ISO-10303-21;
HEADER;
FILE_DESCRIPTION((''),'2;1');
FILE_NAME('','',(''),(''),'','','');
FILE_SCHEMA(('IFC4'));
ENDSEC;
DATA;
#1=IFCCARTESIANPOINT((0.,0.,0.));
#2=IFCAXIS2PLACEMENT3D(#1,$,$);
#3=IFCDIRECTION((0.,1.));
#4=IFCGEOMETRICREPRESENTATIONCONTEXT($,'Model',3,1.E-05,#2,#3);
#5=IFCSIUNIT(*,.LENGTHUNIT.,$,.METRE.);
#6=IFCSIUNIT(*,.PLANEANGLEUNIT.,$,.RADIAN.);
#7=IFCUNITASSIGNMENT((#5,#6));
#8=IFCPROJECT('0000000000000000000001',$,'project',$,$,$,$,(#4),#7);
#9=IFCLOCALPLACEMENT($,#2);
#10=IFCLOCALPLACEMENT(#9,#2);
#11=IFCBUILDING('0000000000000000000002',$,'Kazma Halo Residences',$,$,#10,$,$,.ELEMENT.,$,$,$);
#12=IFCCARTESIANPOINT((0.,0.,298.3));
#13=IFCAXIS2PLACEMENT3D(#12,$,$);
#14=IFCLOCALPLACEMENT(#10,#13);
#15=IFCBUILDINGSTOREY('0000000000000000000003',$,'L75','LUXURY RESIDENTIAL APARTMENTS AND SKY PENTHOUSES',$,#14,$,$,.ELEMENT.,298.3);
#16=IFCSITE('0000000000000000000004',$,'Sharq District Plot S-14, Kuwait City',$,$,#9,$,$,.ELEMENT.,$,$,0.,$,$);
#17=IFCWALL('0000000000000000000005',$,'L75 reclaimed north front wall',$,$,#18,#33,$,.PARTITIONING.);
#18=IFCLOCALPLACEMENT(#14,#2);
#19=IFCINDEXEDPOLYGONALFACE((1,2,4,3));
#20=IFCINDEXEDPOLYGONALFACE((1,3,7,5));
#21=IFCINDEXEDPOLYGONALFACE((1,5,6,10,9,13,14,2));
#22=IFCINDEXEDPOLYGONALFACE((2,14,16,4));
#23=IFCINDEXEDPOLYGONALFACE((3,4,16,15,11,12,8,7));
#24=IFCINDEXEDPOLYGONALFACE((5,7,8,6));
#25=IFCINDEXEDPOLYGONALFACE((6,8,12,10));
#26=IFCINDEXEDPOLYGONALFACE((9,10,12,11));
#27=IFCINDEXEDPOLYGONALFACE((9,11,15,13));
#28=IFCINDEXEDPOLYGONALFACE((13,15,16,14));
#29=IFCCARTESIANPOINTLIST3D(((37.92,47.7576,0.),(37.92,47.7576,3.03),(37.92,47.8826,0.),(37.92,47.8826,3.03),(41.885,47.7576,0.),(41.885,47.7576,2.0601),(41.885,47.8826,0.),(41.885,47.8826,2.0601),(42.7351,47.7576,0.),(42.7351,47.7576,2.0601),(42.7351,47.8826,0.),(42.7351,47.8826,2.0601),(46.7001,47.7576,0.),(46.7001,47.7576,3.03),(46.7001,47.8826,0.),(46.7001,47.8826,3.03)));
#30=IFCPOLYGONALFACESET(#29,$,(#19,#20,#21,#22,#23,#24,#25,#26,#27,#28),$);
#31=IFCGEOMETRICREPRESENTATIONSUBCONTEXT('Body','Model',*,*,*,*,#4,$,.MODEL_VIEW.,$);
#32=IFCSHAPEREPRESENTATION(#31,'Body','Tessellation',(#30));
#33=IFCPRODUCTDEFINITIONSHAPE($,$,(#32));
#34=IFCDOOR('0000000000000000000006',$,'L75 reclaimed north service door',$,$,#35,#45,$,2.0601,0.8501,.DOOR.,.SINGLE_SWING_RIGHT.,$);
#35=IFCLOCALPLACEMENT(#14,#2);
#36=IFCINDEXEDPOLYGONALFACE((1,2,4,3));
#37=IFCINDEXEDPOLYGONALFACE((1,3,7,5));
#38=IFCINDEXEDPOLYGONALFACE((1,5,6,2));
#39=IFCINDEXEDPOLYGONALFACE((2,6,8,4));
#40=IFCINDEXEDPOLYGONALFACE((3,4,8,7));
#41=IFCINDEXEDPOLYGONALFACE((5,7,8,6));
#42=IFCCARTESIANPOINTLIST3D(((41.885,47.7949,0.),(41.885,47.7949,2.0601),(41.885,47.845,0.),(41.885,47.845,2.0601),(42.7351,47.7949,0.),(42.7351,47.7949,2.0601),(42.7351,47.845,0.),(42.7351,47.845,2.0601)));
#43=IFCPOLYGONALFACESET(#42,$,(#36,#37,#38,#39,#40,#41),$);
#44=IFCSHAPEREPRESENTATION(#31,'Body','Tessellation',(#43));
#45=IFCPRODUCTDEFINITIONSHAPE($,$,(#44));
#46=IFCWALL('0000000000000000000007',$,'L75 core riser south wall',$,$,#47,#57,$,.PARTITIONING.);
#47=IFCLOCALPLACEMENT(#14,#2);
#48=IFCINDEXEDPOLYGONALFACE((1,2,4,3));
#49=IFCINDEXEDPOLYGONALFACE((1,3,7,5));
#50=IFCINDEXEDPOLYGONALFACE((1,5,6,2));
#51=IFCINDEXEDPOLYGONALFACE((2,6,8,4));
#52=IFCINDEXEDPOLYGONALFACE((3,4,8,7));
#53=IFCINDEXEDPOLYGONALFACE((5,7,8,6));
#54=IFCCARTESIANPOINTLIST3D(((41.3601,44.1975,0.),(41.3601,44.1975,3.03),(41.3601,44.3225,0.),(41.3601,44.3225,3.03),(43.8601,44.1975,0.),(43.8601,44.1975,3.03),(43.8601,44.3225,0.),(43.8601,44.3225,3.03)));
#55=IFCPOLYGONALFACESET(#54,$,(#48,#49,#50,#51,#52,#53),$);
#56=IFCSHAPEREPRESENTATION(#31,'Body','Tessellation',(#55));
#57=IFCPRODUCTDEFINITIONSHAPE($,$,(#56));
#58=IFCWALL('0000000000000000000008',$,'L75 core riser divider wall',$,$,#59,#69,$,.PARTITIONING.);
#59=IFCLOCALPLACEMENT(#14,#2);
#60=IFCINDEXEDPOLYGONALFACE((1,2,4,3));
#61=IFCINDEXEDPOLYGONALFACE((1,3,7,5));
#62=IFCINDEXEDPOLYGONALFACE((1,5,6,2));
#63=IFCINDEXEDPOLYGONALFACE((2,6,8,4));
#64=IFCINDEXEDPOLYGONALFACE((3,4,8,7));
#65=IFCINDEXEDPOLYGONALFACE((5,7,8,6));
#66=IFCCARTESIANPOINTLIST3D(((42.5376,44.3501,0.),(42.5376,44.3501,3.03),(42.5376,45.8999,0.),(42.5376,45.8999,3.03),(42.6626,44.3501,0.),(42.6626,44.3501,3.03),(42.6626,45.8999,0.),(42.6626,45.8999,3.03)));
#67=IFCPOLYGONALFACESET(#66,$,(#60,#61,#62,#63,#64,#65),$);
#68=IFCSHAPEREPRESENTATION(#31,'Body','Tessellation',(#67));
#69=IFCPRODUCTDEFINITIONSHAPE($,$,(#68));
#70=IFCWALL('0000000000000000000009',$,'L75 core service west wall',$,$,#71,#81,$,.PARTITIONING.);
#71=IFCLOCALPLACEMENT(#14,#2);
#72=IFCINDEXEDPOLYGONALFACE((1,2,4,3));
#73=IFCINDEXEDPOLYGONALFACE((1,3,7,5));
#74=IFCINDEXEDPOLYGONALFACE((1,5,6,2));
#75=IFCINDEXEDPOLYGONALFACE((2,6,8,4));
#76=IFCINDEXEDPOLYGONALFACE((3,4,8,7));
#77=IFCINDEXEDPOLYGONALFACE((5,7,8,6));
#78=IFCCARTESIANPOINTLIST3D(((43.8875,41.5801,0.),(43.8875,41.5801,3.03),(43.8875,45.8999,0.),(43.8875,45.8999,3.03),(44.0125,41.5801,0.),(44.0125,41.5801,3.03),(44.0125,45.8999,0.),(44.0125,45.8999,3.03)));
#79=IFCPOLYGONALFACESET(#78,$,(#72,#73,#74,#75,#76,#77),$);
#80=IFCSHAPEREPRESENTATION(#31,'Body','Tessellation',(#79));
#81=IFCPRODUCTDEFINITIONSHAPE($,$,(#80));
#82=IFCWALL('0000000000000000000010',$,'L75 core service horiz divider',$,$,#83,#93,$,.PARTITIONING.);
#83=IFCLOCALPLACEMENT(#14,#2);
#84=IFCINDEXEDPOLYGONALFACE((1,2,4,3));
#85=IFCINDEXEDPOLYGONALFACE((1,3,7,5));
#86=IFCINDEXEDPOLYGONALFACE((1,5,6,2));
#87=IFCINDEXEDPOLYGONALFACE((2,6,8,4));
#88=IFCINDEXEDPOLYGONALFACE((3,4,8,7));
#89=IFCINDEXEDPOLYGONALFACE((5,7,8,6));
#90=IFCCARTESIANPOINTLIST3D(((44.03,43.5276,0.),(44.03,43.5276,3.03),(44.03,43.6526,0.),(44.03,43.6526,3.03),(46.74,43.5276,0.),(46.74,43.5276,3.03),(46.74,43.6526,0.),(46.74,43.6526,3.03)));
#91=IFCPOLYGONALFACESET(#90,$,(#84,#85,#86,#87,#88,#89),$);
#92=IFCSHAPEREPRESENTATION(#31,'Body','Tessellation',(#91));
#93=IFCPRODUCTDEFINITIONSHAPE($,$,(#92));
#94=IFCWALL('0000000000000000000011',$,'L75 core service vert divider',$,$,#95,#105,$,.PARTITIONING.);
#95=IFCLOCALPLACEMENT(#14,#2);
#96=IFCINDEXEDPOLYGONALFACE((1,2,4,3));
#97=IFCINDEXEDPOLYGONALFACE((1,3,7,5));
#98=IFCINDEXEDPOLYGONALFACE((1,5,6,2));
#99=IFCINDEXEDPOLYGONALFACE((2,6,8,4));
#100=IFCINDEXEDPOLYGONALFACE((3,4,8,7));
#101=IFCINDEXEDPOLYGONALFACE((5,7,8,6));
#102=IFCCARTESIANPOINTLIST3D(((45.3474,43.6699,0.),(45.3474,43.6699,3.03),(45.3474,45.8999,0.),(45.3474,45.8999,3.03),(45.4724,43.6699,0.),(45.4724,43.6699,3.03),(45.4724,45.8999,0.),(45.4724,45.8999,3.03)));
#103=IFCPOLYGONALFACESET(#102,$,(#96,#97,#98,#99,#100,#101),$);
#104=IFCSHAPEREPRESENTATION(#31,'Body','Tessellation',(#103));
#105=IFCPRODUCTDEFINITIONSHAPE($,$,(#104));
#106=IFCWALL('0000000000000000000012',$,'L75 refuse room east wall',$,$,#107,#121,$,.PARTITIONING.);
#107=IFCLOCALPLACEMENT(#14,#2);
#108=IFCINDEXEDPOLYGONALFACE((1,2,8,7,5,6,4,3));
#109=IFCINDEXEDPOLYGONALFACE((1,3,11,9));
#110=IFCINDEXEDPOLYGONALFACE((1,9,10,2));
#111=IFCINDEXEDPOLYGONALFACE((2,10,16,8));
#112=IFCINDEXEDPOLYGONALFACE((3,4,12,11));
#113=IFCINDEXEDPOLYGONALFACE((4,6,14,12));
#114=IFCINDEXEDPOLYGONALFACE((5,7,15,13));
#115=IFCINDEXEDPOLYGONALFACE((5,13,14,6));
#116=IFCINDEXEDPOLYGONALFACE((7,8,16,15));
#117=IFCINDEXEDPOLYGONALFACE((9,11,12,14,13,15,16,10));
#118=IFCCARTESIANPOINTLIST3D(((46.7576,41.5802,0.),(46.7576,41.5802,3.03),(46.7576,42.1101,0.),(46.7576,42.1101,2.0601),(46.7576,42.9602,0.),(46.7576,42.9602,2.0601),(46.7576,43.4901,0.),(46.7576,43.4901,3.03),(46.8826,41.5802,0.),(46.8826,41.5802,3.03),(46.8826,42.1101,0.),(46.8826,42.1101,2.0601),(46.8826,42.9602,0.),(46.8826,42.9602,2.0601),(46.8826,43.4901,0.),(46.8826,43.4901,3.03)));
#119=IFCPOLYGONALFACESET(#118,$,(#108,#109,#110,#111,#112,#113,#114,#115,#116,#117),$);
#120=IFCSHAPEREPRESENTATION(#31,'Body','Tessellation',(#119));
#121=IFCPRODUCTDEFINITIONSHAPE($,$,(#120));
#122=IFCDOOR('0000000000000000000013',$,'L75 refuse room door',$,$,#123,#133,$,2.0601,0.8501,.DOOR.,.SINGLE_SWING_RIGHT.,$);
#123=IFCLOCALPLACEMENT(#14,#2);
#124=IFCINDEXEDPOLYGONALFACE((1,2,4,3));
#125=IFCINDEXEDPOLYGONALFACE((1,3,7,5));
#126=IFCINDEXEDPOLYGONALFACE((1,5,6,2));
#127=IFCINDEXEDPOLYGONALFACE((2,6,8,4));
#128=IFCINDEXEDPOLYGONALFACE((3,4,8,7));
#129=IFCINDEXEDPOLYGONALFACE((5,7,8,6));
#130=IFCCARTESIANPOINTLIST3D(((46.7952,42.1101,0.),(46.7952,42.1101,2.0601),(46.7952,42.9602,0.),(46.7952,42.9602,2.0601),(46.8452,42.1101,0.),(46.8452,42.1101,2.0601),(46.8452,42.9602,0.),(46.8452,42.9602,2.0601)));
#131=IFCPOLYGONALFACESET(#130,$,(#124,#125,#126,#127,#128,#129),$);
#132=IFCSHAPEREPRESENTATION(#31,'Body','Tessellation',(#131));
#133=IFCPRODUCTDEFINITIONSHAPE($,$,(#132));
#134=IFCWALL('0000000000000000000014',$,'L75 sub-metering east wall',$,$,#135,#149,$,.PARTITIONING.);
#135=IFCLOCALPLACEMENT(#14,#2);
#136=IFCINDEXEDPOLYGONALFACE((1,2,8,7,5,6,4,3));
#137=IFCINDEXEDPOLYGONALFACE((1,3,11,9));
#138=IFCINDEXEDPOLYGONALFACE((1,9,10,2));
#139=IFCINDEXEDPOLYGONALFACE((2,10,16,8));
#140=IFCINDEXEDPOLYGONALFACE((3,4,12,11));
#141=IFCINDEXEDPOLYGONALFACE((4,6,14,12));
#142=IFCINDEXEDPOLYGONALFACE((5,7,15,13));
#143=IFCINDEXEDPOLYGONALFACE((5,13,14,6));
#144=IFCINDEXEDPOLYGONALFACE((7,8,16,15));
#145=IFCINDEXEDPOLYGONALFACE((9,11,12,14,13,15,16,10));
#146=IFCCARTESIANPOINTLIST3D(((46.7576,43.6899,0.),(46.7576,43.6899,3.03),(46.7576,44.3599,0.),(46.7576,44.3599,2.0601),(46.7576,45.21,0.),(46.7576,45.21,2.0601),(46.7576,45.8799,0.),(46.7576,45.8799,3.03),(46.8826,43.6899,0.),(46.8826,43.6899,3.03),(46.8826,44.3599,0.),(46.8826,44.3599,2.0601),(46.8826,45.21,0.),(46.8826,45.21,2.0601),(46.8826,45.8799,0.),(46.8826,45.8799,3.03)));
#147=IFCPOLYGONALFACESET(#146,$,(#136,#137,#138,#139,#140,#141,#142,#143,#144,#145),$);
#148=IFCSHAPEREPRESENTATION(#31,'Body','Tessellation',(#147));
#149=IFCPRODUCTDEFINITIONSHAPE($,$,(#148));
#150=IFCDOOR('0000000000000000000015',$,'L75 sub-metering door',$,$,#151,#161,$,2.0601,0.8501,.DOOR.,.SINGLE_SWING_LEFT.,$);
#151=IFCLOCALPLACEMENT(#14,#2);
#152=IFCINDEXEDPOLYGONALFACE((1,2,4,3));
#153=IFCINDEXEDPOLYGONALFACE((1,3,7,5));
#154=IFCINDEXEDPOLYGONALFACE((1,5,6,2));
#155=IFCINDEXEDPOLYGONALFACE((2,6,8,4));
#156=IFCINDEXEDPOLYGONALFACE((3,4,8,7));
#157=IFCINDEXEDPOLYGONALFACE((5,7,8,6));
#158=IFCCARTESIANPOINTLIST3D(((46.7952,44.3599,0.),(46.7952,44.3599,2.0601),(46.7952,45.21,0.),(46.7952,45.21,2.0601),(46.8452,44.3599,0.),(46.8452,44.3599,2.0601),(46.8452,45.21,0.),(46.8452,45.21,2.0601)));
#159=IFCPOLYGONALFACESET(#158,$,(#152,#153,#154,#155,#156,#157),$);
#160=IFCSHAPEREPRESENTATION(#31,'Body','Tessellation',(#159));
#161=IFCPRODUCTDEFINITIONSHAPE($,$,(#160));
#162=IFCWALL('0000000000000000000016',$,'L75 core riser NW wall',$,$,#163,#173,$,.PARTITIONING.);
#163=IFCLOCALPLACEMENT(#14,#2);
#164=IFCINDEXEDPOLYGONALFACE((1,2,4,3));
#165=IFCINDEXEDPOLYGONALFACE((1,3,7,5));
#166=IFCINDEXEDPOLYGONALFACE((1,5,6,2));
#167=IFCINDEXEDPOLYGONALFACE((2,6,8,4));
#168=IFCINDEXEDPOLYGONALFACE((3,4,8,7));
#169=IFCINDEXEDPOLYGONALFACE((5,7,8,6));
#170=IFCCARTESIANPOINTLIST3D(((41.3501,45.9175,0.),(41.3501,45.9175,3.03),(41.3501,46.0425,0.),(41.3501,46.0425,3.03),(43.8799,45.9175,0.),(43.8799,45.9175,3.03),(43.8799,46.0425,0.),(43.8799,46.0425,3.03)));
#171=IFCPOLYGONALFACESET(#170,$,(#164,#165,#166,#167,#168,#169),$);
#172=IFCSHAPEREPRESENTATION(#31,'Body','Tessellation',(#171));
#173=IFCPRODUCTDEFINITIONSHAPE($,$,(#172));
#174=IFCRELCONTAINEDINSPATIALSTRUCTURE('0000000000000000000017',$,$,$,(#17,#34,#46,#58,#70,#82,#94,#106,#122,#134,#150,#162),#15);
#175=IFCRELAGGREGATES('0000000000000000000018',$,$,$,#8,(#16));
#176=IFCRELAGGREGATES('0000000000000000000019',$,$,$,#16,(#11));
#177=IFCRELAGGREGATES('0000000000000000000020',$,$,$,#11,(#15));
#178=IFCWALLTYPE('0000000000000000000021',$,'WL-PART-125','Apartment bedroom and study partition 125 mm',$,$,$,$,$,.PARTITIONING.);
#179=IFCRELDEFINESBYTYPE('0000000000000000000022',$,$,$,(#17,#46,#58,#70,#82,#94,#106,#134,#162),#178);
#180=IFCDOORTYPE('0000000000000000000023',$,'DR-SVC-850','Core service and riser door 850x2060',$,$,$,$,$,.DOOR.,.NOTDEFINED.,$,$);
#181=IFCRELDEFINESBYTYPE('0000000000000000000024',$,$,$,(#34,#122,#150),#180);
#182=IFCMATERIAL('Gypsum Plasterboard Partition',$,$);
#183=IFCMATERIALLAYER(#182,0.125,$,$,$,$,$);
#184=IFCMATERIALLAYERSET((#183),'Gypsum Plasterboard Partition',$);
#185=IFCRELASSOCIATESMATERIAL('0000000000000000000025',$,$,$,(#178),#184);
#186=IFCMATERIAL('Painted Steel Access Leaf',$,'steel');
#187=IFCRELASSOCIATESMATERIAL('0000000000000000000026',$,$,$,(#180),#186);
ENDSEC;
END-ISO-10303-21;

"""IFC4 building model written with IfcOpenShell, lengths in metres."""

from ifc_helpers import new_model, si_unit, direction, frame, frame_2d, origin, place, context, subcontext, project, spatial, rectangle, extrude, material, layer, layer_set, type_object, element, fill, save


model = new_model("IFC4")

# Units and contexts
model_context = context("Model", 3, precision=1e-05, world=origin(), true_north=direction((0.0, 1.0)))
body_context = subcontext(model_context, "Body", "Model", "MODEL_VIEW")
ifc_project = project(units=[si_unit("LENGTHUNIT", "METRE"), si_unit("PLANEANGLEUNIT", "RADIAN")], contexts=[model_context])

# Site, building, storey
site_placement = place(None, origin())
site = spatial("IfcSite", under=ifc_project, at=site_placement, Name="Sharq District Plot S-14, Kuwait City", CompositionType="ELEMENT", RefElevation=0.0)
building_placement = place(site_placement, origin())
building = spatial("IfcBuilding", under=site, at=building_placement, Name="Kazma Halo Residences", CompositionType="ELEMENT")
storey_placement = place(building_placement, frame((0.0, 0.0, 298.3)))
storey = spatial("IfcBuildingStorey", under=building, at=storey_placement, Name="L75", Description="LUXURY RESIDENTIAL APARTMENTS AND SKY PENTHOUSES", CompositionType="ELEMENT", Elevation=298.3)

# Wall, opening, door
ifc_material_1 = material(Name="Gypsum Plasterboard Partition")
ifc_layer_1 = layer(ifc_material_1, 0.125)
ifc_layer_set_1 = layer_set([ifc_layer_1], Name="Gypsum Plasterboard Partition")
wall_type_1 = type_object("IfcWallType", Name="WL-PART-125", Description="Apartment bedroom and study partition 125 mm", PredefinedType="PARTITIONING", material=ifc_layer_set_1)
wall_1_placement = place(storey_placement, frame((37.9199, 47.8201, 0.0), z_axis=(0.0, 0.0, 1.0), x_axis=(1.0, 0.0, 0.0)))
wall_1 = element("IfcWall", 1, at=wall_1_placement, inside=storey, type_object=wall_type_1, Name="L75 reclaimed north front wall", PredefinedType="PARTITIONING", context=body_context, shape_type="SweptSolid", body=[
    extrude(rectangle(XDim=8.78, YDim=0.125, at=frame_2d((4.3901, 0.0))), origin(), (0.0, 0.0, 1.0), 3.03),
])
opening_1_placement = place(wall_1_placement, frame((3.9651, 0.0, 0.0)))
opening_1 = element("IfcOpeningElement", 2, at=opening_1_placement, cuts=wall_1, PredefinedType="OPENING", context=body_context, shape_type="SweptSolid", body=[
    extrude(rectangle(XDim=0.8501, YDim=2.0601, at=frame_2d((0.425, 1.03))), frame((0.0, 0.0725, 0.0), z_axis=(0.0, -1.0, 0.0), x_axis=(1.0, 0.0, 0.0)), (0.0, 0.0, 1.0), 0.145),
])
ifc_material_2 = material(Name="Painted Steel Access Leaf", Category="steel")
door_type_1 = type_object("IfcDoorType", Name="DR-SVC-850", Description="Core service and riser door 850x2060", OperationType="NOTDEFINED", PredefinedType="DOOR", material=ifc_material_2)
door_1_placement = place(opening_1_placement, origin())
door_1 = element("IfcDoor", 3, at=door_1_placement, inside=storey, type_object=door_type_1, Name="L75 reclaimed north service door", OperationType="SINGLE_SWING_RIGHT", OverallHeight=2.0601, OverallWidth=0.8501, PredefinedType="DOOR", context=body_context, shape_type="SweptSolid", body=[
    extrude(rectangle(XDim=0.8501, YDim=2.0601, at=frame_2d((0.425, 1.03))), frame((0.0, 0.0249, 0.0), z_axis=(0.0, -1.0, 0.0), x_axis=(1.0, 0.0, 0.0)), (0.0, 0.0, 1.0), 0.05),
])
fill(opening_1, door_1)

# Walls
wall_2_placement = place(storey_placement, frame((41.3601, 44.26, 0.0), z_axis=(0.0, 0.0, 1.0), x_axis=(1.0, 0.0, 0.0)))
element("IfcWall", 4, at=wall_2_placement, inside=storey, type_object=wall_type_1, Name="L75 core riser south wall", PredefinedType="PARTITIONING", context=body_context, shape_type="SweptSolid", body=[
    extrude(rectangle(XDim=2.5, YDim=0.125, at=frame_2d((1.25, 0.0))), origin(), (0.0, 0.0, 1.0), 3.03),
])
wall_3_placement = place(storey_placement, frame((42.6001, 44.3501, 0.0), z_axis=(0.0, 0.0, 1.0), x_axis=(0.0, 1.0, 0.0)))
element("IfcWall", 5, at=wall_3_placement, inside=storey, type_object=wall_type_1, Name="L75 core riser divider wall", PredefinedType="PARTITIONING", context=body_context, shape_type="SweptSolid", body=[
    extrude(rectangle(XDim=1.5498, YDim=0.125, at=frame_2d((0.7749, 0.0))), origin(), (0.0, 0.0, 1.0), 3.03),
])
wall_4_placement = place(storey_placement, frame((43.95, 41.5801, 0.0), z_axis=(0.0, 0.0, 1.0), x_axis=(0.0, 1.0, 0.0)))
element("IfcWall", 6, at=wall_4_placement, inside=storey, type_object=wall_type_1, Name="L75 core service west wall", PredefinedType="PARTITIONING", context=body_context, shape_type="SweptSolid", body=[
    extrude(rectangle(XDim=4.3198, YDim=0.125, at=frame_2d((2.1599, 0.0))), origin(), (0.0, 0.0, 1.0), 3.03),
])
wall_5_placement = place(storey_placement, frame((44.03, 43.5901, 0.0), z_axis=(0.0, 0.0, 1.0), x_axis=(1.0, 0.0, 0.0)))
element("IfcWall", 7, at=wall_5_placement, inside=storey, type_object=wall_type_1, Name="L75 core service horiz divider", PredefinedType="PARTITIONING", context=body_context, shape_type="SweptSolid", body=[
    extrude(rectangle(XDim=2.71, YDim=0.125, at=frame_2d((1.355, 0.0))), origin(), (0.0, 0.0, 1.0), 3.03),
])
wall_6_placement = place(storey_placement, frame((45.4099, 43.6699, 0.0), z_axis=(0.0, 0.0, 1.0), x_axis=(0.0, 1.0, 0.0)))
element("IfcWall", 8, at=wall_6_placement, inside=storey, type_object=wall_type_1, Name="L75 core service vert divider", PredefinedType="PARTITIONING", context=body_context, shape_type="SweptSolid", body=[
    extrude(rectangle(XDim=2.23, YDim=0.125, at=frame_2d((1.115, 0.0))), origin(), (0.0, 0.0, 1.0), 3.03),
])

# Walls, openings, doors
wall_7_placement = place(storey_placement, frame((46.8201, 41.5801, 0.0), z_axis=(0.0, 0.0, 1.0), x_axis=(0.0, 1.0, 0.0)))
wall_7 = element("IfcWall", 9, at=wall_7_placement, inside=storey, type_object=wall_type_1, Name="L75 refuse room east wall", PredefinedType="PARTITIONING", context=body_context, shape_type="SweptSolid", body=[
    extrude(rectangle(XDim=1.9099, YDim=0.125, at=frame_2d((0.9551, 0.0))), origin(), (0.0, 0.0, 1.0), 3.03),
])
opening_2_placement = place(wall_7_placement, frame((0.53, 0.0, 0.0)))
opening_2 = element("IfcOpeningElement", 10, at=opening_2_placement, cuts=wall_7, PredefinedType="OPENING", context=body_context, shape_type="SweptSolid", body=[
    extrude(rectangle(XDim=0.8501, YDim=2.0601, at=frame_2d((0.425, 1.03))), frame((0.0, 0.0725, 0.0), z_axis=(0.0, -1.0, 0.0), x_axis=(1.0, 0.0, 0.0)), (0.0, 0.0, 1.0), 0.145),
])
door_2_placement = place(opening_2_placement, origin())
door_2 = element("IfcDoor", 11, at=door_2_placement, inside=storey, type_object=door_type_1, Name="L75 refuse room door", OperationType="SINGLE_SWING_RIGHT", OverallHeight=2.0601, OverallWidth=0.8501, PredefinedType="DOOR", context=body_context, shape_type="SweptSolid", body=[
    extrude(rectangle(XDim=0.8501, YDim=2.0601, at=frame_2d((0.425, 1.03))), frame((0.0, 0.0249, 0.0), z_axis=(0.0, -1.0, 0.0), x_axis=(1.0, 0.0, 0.0)), (0.0, 0.0, 1.0), 0.05),
])
fill(opening_2, door_2)
wall_8_placement = place(storey_placement, frame((46.8201, 43.6899, 0.0), z_axis=(0.0, 0.0, 1.0), x_axis=(0.0, 1.0, 0.0)))
wall_8 = element("IfcWall", 12, at=wall_8_placement, inside=storey, type_object=wall_type_1, Name="L75 sub-metering east wall", PredefinedType="PARTITIONING", context=body_context, shape_type="SweptSolid", body=[
    extrude(rectangle(XDim=2.1899, YDim=0.125, at=frame_2d((1.095, 0.0))), origin(), (0.0, 0.0, 1.0), 3.03),
])
opening_3_placement = place(wall_8_placement, frame((0.6699, 0.0, 0.0)))
opening_3 = element("IfcOpeningElement", 13, at=opening_3_placement, cuts=wall_8, PredefinedType="OPENING", context=body_context, shape_type="SweptSolid", body=[
    extrude(rectangle(XDim=0.8501, YDim=2.0601, at=frame_2d((0.425, 1.03))), frame((0.0, 0.0725, 0.0), z_axis=(0.0, -1.0, 0.0), x_axis=(1.0, 0.0, 0.0)), (0.0, 0.0, 1.0), 0.145),
])
door_3_placement = place(opening_3_placement, origin())
door_3 = element("IfcDoor", 14, at=door_3_placement, inside=storey, type_object=door_type_1, Name="L75 sub-metering door", OperationType="SINGLE_SWING_LEFT", OverallHeight=2.0601, OverallWidth=0.8501, PredefinedType="DOOR", context=body_context, shape_type="SweptSolid", body=[
    extrude(rectangle(XDim=0.8501, YDim=2.0601, at=frame_2d((0.425, 1.03))), frame((0.0, 0.0249, 0.0), z_axis=(0.0, -1.0, 0.0), x_axis=(1.0, 0.0, 0.0)), (0.0, 0.0, 1.0), 0.05),
])
fill(opening_3, door_3)

# Wall
wall_9_placement = place(storey_placement, frame((41.3501, 45.98, 0.0), z_axis=(0.0, 0.0, 1.0), x_axis=(1.0, 0.0, 0.0)))
element("IfcWall", 15, at=wall_9_placement, inside=storey, type_object=wall_type_1, Name="L75 core riser NW wall", PredefinedType="PARTITIONING", context=body_context, shape_type="SweptSolid", body=[
    extrude(rectangle(XDim=2.5298, YDim=0.125, at=frame_2d((1.2649, 0.0))), origin(), (0.0, 0.0, 1.0), 3.03),
])

save(model, "model.ifc")
